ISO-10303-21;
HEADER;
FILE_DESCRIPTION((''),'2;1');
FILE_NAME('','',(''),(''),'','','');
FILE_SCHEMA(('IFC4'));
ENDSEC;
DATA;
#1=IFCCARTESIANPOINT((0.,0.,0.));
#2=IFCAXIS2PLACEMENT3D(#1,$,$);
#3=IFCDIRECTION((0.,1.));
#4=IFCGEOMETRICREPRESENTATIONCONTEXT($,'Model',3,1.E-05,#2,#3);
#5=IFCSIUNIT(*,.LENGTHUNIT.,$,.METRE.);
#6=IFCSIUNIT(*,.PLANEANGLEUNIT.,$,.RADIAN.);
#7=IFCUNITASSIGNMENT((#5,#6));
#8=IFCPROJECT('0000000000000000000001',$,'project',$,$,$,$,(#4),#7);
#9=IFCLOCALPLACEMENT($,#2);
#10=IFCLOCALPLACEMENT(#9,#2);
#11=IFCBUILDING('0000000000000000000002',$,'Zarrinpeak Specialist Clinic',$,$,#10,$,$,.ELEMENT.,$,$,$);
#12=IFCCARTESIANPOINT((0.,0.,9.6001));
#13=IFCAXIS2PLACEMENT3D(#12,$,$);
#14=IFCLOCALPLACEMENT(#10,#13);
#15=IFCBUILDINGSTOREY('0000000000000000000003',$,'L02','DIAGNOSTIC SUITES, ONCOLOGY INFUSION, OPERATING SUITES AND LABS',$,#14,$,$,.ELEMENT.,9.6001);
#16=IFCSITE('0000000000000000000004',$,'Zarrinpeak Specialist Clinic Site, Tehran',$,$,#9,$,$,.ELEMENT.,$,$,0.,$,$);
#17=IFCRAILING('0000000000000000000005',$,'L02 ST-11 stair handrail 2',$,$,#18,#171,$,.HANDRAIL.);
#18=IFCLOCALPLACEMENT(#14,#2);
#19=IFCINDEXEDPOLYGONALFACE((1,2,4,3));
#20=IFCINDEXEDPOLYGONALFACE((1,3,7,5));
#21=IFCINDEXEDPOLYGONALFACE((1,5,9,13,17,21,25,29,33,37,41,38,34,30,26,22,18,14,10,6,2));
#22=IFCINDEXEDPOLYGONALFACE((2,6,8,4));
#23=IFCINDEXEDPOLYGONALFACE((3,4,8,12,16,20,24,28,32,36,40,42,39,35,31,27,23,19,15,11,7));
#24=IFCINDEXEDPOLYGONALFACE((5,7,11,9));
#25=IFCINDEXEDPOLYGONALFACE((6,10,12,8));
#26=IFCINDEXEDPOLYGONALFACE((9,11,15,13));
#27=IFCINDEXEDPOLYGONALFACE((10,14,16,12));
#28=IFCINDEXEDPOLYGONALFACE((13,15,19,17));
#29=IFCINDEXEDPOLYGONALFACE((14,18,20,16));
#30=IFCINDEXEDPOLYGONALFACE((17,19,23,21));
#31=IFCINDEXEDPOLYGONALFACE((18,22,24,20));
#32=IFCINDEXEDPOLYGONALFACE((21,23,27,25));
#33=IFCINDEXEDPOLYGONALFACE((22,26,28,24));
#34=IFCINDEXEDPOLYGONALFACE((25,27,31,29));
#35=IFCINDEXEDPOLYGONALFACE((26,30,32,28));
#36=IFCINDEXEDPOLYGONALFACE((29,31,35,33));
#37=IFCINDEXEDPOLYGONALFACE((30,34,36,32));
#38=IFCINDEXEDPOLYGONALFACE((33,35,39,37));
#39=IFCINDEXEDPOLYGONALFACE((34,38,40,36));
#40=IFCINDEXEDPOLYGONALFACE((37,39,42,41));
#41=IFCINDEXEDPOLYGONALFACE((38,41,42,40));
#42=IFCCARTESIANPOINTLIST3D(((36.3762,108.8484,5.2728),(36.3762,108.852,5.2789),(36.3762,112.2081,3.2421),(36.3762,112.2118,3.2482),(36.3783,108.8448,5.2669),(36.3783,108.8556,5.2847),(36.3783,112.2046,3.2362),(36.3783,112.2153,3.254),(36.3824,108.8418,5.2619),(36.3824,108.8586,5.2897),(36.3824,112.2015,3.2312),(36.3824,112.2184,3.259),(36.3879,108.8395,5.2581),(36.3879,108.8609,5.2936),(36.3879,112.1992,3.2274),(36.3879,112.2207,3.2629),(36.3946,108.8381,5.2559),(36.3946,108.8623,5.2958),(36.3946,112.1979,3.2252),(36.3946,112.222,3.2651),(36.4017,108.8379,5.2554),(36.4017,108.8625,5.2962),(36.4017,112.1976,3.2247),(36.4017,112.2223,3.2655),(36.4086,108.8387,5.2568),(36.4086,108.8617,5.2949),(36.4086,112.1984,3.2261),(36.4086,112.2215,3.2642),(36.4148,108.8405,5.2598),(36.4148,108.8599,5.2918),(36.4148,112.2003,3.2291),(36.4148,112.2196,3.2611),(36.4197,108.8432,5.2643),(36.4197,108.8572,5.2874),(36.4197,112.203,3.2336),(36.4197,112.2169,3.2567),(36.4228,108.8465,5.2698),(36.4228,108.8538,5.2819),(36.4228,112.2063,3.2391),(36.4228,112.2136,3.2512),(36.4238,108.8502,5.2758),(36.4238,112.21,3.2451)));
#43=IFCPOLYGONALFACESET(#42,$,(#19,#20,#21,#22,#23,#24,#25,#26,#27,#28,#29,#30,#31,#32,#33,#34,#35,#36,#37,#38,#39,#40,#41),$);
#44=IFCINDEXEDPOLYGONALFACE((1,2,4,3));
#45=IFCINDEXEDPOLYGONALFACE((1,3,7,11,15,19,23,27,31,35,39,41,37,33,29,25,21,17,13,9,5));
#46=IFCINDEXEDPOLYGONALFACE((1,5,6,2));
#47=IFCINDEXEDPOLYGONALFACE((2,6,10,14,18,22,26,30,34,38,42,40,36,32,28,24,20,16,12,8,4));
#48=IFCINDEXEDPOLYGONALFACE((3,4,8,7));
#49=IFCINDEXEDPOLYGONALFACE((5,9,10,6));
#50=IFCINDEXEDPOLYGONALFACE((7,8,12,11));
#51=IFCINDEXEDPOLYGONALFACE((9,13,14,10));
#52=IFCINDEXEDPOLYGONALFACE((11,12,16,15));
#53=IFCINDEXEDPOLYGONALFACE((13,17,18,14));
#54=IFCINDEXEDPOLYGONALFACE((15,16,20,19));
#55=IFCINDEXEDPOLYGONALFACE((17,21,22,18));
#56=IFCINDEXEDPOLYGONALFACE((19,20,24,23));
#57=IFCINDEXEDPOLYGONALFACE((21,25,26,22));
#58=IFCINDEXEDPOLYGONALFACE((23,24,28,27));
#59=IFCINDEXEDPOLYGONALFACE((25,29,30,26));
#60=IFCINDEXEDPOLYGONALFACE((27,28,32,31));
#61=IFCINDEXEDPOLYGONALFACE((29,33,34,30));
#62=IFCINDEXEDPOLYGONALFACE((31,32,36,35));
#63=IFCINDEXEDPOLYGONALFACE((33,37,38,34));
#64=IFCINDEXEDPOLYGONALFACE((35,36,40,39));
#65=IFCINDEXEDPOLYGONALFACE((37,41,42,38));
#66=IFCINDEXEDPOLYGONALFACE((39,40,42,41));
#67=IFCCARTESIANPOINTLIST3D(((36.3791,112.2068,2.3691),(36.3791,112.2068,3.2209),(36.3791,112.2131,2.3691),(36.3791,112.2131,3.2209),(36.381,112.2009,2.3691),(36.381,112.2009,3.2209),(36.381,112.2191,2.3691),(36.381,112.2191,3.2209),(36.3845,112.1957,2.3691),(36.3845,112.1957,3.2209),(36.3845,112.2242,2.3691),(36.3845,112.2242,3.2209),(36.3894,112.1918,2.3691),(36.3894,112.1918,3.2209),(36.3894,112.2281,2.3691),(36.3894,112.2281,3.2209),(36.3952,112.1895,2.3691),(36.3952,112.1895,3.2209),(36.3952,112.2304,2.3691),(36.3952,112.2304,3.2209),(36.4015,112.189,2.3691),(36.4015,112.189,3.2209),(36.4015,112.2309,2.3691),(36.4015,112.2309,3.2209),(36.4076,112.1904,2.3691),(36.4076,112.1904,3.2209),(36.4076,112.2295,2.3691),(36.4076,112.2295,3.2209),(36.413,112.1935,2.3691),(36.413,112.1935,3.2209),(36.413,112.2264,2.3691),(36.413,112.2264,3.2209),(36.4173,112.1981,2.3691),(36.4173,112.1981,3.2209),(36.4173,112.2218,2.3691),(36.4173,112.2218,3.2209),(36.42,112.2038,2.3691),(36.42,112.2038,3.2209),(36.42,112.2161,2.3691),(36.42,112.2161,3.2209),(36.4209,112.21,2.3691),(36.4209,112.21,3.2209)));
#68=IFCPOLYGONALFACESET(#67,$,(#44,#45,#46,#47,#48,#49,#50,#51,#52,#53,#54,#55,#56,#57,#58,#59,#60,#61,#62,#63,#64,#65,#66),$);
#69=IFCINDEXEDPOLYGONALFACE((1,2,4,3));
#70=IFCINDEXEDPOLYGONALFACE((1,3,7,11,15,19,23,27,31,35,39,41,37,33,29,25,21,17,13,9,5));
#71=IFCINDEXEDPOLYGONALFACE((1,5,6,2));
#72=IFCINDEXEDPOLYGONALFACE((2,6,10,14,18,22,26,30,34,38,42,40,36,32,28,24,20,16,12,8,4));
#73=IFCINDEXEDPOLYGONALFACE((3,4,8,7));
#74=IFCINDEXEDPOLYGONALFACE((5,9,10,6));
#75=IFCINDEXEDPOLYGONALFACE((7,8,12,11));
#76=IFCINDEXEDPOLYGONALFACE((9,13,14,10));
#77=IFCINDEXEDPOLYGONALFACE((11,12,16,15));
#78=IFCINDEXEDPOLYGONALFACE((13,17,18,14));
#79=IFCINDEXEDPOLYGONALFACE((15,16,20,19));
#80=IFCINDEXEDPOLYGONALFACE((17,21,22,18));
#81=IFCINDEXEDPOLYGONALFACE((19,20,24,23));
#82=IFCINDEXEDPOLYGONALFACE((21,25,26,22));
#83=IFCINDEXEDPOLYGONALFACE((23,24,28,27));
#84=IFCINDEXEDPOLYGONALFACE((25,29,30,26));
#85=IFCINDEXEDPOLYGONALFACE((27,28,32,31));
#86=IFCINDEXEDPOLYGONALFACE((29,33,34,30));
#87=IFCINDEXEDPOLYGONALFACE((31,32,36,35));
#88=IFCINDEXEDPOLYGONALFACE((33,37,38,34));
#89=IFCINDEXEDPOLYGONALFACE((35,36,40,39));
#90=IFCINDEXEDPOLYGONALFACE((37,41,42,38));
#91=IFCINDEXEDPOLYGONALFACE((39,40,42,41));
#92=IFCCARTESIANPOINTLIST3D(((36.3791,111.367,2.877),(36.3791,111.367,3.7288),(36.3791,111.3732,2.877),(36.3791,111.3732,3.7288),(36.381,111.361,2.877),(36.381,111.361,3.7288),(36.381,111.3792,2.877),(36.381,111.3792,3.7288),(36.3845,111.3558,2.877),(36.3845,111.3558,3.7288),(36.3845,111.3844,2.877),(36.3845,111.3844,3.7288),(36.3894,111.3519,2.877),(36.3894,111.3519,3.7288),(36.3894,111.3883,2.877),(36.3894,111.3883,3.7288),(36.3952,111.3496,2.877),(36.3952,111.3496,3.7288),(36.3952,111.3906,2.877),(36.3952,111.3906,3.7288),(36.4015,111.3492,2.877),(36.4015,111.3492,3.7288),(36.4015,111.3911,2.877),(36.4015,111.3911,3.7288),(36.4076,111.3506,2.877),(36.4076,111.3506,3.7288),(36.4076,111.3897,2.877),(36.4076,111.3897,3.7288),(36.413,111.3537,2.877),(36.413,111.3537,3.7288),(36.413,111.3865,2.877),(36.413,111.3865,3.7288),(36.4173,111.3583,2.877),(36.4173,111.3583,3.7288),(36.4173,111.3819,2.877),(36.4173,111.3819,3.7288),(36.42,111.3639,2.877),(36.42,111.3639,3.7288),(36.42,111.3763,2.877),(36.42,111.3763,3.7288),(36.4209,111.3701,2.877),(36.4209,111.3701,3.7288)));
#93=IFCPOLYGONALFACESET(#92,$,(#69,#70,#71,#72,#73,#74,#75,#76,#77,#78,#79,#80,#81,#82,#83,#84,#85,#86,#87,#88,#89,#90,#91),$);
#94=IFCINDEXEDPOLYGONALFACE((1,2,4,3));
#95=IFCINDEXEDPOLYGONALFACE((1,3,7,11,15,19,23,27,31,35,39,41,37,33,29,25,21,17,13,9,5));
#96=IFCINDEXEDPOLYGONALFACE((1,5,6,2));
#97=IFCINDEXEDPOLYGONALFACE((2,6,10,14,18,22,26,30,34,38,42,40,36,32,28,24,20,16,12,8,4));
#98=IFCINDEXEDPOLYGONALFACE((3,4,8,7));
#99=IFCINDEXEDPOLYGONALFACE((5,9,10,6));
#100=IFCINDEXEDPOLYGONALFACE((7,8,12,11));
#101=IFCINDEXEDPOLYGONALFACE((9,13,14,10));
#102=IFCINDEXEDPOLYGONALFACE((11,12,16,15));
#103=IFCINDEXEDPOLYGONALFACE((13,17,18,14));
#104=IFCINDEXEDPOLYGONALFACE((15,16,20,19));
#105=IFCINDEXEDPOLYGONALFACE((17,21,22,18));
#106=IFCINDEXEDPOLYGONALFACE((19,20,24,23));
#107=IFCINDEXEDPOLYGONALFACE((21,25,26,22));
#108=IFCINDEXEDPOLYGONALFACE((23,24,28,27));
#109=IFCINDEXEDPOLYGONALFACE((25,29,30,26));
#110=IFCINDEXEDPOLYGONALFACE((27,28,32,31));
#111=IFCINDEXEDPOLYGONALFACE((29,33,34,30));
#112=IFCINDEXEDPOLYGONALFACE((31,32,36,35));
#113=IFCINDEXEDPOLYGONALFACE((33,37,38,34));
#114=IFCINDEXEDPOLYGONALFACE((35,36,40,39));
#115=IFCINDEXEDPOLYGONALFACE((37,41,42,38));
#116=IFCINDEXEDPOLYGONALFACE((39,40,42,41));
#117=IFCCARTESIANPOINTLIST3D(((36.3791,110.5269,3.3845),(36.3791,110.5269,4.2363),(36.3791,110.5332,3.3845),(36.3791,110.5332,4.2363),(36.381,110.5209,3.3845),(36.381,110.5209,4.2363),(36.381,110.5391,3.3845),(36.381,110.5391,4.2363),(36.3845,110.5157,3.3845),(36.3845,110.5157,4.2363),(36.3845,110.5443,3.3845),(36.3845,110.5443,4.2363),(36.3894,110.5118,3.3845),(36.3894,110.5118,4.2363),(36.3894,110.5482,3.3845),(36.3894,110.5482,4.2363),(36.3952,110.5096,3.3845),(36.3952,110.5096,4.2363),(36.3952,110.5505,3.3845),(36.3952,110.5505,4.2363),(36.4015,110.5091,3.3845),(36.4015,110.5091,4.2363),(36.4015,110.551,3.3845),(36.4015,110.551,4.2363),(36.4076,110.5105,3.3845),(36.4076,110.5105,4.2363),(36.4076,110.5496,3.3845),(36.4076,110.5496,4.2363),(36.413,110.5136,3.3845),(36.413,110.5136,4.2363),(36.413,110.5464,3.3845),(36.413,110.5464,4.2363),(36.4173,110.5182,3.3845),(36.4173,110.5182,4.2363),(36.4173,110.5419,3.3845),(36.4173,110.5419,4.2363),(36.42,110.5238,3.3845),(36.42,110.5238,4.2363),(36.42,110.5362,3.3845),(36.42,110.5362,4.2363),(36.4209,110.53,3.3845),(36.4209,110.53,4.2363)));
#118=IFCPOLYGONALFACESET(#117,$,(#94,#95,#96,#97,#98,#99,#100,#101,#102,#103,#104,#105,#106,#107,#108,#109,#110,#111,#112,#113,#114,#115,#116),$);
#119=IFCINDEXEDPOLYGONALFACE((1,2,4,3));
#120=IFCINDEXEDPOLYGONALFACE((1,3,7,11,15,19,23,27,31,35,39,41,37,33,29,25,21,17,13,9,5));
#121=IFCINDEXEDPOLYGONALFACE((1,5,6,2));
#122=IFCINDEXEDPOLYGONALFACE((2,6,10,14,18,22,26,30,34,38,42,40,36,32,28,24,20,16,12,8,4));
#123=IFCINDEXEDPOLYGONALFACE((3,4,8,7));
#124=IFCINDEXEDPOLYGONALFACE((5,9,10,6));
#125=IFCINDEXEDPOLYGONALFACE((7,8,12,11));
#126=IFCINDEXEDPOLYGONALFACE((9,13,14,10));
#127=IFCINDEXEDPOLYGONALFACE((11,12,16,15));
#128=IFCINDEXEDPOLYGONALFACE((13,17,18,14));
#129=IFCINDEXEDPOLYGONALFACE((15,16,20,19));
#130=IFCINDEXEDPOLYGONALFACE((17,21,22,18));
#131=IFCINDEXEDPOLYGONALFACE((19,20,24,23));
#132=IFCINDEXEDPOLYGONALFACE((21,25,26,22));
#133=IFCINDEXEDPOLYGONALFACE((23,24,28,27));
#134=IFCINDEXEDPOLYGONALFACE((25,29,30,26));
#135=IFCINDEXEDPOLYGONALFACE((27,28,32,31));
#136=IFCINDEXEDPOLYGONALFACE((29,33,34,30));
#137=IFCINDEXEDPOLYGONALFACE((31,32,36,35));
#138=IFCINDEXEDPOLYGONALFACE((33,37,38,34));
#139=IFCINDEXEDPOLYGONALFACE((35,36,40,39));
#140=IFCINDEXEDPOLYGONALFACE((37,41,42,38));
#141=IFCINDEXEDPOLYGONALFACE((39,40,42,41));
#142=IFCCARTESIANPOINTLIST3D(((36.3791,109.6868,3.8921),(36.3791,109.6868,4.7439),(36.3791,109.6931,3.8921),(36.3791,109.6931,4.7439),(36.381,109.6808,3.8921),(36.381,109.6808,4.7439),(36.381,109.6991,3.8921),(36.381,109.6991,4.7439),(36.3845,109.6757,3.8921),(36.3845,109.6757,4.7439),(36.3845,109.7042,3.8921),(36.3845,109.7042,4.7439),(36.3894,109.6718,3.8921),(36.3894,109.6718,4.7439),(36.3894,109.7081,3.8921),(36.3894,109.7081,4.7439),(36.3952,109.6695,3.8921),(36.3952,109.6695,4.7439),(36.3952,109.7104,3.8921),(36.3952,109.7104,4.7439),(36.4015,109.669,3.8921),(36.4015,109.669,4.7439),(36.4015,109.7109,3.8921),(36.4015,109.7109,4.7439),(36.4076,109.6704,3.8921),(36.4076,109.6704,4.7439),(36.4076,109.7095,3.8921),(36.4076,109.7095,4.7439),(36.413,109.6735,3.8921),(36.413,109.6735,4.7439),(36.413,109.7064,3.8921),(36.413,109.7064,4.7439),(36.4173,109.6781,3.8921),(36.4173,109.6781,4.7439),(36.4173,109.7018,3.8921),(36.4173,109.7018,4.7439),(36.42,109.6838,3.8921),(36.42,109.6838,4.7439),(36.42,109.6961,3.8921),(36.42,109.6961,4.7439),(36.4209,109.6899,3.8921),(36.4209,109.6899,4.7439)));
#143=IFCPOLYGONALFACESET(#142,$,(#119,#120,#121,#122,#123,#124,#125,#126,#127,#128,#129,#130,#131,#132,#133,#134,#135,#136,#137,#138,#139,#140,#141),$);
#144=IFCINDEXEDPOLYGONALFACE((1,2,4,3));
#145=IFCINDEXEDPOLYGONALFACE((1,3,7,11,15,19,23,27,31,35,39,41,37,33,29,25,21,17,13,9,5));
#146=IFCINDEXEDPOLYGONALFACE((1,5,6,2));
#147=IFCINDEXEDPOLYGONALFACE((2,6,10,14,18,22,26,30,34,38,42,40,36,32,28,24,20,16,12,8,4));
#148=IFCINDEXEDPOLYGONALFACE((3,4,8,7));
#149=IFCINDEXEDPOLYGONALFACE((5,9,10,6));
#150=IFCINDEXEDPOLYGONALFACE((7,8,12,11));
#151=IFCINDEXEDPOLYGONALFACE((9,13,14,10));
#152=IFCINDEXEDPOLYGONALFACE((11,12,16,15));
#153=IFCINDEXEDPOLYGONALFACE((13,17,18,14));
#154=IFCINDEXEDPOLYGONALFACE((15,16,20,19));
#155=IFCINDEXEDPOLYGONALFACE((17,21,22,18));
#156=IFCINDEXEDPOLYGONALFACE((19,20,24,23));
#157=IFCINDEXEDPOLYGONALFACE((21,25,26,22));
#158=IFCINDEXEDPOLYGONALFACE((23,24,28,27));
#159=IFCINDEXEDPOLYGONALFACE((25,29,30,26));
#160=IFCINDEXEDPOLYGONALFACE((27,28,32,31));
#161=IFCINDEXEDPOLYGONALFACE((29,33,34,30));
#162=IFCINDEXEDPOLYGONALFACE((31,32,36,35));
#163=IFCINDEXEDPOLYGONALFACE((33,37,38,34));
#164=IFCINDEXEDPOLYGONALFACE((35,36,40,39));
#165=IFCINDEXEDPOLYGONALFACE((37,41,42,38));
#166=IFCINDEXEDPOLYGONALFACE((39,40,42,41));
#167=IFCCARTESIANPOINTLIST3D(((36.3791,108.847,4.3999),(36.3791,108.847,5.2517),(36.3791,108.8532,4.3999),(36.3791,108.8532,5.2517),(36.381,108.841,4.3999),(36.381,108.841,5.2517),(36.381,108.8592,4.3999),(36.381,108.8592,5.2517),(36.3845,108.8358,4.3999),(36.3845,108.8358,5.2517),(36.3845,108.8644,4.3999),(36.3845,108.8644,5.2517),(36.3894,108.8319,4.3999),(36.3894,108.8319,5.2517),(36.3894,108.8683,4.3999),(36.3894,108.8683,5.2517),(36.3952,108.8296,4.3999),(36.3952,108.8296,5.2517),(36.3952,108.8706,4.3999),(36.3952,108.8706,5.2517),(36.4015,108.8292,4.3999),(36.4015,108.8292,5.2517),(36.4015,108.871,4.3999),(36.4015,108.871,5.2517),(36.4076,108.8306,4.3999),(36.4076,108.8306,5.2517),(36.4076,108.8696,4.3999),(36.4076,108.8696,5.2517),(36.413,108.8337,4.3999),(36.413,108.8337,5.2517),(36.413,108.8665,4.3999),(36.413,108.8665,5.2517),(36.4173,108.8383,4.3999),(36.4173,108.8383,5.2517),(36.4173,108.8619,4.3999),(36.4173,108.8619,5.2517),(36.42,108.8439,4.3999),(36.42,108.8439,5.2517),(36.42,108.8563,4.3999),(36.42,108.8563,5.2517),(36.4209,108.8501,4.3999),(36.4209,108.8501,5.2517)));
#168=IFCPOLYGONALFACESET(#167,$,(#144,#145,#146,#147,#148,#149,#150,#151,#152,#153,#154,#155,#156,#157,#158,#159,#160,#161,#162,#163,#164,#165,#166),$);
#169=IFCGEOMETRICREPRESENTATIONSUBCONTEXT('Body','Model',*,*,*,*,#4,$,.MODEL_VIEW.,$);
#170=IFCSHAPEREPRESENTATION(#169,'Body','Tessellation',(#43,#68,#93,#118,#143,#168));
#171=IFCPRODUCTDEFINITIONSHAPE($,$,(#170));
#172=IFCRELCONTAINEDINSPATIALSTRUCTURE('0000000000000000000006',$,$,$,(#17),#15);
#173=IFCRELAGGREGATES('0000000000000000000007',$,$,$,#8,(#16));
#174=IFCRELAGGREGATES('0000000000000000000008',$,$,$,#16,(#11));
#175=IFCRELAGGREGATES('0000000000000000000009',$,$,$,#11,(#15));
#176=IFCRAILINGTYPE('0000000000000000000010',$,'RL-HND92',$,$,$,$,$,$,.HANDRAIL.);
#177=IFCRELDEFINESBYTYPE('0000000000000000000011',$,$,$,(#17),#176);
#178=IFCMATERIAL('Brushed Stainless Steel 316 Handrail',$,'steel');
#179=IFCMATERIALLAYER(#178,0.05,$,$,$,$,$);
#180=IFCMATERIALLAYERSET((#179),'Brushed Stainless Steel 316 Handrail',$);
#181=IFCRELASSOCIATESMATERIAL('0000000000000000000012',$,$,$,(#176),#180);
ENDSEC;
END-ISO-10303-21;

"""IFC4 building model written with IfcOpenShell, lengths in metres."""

from ifc_helpers import new_model, si_unit, direction, frame, origin, origin_2d, place, context, subcontext, project, spatial, circle, extrude, material, layer, layer_set, type_object, element, save


model = new_model("IFC4")

# Units and contexts
model_context = context("Model", 3, precision=1e-05, world=origin(), true_north=direction((0.0, 1.0)))
body_context = subcontext(model_context, "Body", "Model", "MODEL_VIEW")
ifc_project = project(units=[si_unit("LENGTHUNIT", "METRE"), si_unit("PLANEANGLEUNIT", "RADIAN")], contexts=[model_context])

# Site, building, storey
site_placement = place(None, origin())
site = spatial("IfcSite", under=ifc_project, at=site_placement, Name="Zarrinpeak Specialist Clinic Site, Tehran", CompositionType="ELEMENT", RefElevation=0.0)
building_placement = place(site_placement, origin())
building = spatial("IfcBuilding", under=site, at=building_placement, Name="Zarrinpeak Specialist Clinic", CompositionType="ELEMENT")
storey_placement = place(building_placement, frame((0.0, 0.0, 9.6001)))
storey = spatial("IfcBuildingStorey", under=building, at=storey_placement, Name="L02", Description="DIAGNOSTIC SUITES, ONCOLOGY INFUSION, OPERATING SUITES AND LABS", CompositionType="ELEMENT", Elevation=9.6001)

# Railing
ifc_material_1 = material(Name="Brushed Stainless Steel 316 Handrail", Category="steel")
ifc_layer_1 = layer(ifc_material_1, 0.05)
ifc_layer_set_1 = layer_set([ifc_layer_1], Name="Brushed Stainless Steel 316 Handrail")
railing_type_1 = type_object("IfcRailingType", Name="RL-HND92", PredefinedType="HANDRAIL", material=ifc_layer_set_1)
railing_1_placement = place(storey_placement, frame((36.3999, 112.21, 2.3691)))
element("IfcRailing", 1, at=railing_1_placement, inside=storey, type_object=railing_type_1, Name="L02 ST-11 stair handrail 2", PredefinedType="HANDRAIL", context=body_context, shape_type="SweptSolid", body=[
    extrude(circle(Radius=0.0239, at=origin_2d()), frame((0.0, 0.0, 0.876), z_axis=(0.0, -0.85582, 0.517273), x_axis=(1.0, 0.0, 0.0)), (0.0, 0.0, 1.0), 3.9258),
    extrude(circle(Radius=0.021, at=origin_2d()), origin(), (0.0, 0.0, 1.0), 0.8518),
    extrude(circle(Radius=0.021, at=origin_2d()), frame((0.0, -0.8398, 0.5078)), (0.0, 0.0, 1.0), 0.8518),
    extrude(circle(Radius=0.021, at=origin_2d()), frame((0.0, -1.6799, 1.0154)), (0.0, 0.0, 1.0), 0.8518),
    extrude(circle(Radius=0.021, at=origin_2d()), frame((0.0, -2.52, 1.5229)), (0.0, 0.0, 1.0), 0.8518),
    extrude(circle(Radius=0.021, at=origin_2d()), frame((0.0, -3.3599, 2.0308)), (0.0, 0.0, 1.0), 0.8518),
])

save(model, "model.ifc")
